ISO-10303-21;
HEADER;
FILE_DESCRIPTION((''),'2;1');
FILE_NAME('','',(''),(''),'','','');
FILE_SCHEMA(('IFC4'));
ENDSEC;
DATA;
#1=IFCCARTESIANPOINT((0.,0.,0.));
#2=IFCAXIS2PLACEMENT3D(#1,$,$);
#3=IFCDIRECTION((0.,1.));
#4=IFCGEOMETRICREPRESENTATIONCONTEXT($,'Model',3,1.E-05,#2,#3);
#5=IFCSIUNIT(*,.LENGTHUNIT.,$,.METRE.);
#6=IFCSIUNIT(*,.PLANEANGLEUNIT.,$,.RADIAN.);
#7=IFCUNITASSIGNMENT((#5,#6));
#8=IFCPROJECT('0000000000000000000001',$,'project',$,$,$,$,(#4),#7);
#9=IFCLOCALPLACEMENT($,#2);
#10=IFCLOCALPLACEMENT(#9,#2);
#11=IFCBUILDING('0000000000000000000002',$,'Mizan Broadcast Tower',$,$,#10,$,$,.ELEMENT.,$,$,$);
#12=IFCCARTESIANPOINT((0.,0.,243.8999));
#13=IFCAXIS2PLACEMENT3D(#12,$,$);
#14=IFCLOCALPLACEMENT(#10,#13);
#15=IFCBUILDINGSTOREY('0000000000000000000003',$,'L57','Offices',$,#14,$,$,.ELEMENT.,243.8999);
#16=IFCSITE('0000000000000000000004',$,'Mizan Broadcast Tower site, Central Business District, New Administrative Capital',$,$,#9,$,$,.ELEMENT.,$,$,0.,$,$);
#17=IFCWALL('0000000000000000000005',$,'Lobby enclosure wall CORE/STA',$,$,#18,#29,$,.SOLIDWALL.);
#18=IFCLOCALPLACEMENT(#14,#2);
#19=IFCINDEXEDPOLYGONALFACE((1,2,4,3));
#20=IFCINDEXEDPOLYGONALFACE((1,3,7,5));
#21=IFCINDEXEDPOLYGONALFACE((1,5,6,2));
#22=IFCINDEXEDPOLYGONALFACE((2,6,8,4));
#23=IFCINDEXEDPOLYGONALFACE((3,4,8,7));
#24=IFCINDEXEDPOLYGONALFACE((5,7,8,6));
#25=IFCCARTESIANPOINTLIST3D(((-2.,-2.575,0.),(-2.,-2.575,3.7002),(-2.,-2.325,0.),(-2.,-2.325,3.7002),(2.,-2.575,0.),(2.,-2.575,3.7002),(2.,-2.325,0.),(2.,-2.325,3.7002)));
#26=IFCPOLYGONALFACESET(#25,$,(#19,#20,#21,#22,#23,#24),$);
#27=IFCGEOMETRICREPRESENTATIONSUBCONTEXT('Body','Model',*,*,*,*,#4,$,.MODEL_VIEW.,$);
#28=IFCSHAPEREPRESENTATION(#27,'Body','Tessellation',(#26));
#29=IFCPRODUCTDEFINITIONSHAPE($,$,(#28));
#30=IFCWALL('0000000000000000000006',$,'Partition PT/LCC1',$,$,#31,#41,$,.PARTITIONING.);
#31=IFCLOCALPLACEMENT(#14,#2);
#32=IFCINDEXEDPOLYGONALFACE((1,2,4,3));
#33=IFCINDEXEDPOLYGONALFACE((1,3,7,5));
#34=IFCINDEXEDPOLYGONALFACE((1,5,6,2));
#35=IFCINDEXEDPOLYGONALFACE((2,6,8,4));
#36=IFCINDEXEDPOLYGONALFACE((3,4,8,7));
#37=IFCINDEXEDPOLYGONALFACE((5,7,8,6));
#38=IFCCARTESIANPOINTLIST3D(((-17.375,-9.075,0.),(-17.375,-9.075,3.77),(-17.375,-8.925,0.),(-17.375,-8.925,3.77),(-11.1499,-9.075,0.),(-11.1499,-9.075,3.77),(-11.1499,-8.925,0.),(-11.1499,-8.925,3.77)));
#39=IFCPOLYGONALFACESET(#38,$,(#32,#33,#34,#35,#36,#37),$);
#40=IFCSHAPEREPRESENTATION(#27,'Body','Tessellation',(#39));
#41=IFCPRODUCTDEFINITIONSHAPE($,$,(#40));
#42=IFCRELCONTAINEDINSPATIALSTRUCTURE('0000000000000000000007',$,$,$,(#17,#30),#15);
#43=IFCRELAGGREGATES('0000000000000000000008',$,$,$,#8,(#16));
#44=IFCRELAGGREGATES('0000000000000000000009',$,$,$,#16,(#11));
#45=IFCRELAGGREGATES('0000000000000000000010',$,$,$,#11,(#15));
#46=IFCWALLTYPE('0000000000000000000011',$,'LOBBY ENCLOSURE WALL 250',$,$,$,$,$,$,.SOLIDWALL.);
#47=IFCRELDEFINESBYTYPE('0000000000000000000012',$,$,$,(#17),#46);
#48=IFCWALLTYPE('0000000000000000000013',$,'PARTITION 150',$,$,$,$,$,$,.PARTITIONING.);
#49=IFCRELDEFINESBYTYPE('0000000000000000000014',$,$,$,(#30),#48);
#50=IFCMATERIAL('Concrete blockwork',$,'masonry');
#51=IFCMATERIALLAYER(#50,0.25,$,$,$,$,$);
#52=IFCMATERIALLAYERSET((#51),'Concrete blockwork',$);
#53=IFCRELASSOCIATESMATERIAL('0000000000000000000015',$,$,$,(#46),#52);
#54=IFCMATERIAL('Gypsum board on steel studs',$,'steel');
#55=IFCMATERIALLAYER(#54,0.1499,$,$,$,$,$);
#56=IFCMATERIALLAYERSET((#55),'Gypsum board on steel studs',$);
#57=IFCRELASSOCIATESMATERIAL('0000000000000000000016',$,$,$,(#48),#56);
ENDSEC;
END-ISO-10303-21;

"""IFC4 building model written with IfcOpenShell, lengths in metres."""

from ifc_helpers import new_model, si_unit, direction, frame, frame_2d, origin, place, context, subcontext, project, spatial, rectangle, extrude, material, layer, layer_set, type_object, element, save


model = new_model("IFC4")

# Units and contexts
model_context = context("Model", 3, precision=1e-05, world=origin(), true_north=direction((0.0, 1.0)))
body_context = subcontext(model_context, "Body", "Model", "MODEL_VIEW")
ifc_project = project(units=[si_unit("LENGTHUNIT", "METRE"), si_unit("PLANEANGLEUNIT", "RADIAN")], contexts=[model_context])

# Site, building, storey
site_placement = place(None, origin())
site = spatial("IfcSite", under=ifc_project, at=site_placement, Name="Mizan Broadcast Tower site, Central Business District, New Administrative Capital", CompositionType="ELEMENT", RefElevation=0.0)
building_placement = place(site_placement, origin())
building = spatial("IfcBuilding", under=site, at=building_placement, Name="Mizan Broadcast Tower", CompositionType="ELEMENT")
storey_placement = place(building_placement, frame((0.0, 0.0, 243.8999)))
storey = spatial("IfcBuildingStorey", under=building, at=storey_placement, Name="L57", Description="Offices", CompositionType="ELEMENT", Elevation=243.8999)

# Shared definitions
ifc_material_1 = material(Name="Concrete blockwork", Category="masonry")
ifc_layer_1 = layer(ifc_material_1, 0.25)
ifc_layer_set_1 = layer_set([ifc_layer_1], Name="Concrete blockwork")
wall_type_1 = type_object("IfcWallType", Name="LOBBY ENCLOSURE WALL 250", PredefinedType="SOLIDWALL", material=ifc_layer_set_1)

# Walls
wall_1_placement = place(storey_placement, frame((-2.0, -2.45, 0.0), z_axis=(0.0, 0.0, 1.0), x_axis=(1.0, 0.0, 0.0)))
element("IfcWall", 1, at=wall_1_placement, inside=storey, type_object=wall_type_1, Name="Lobby enclosure wall CORE/STA", PredefinedType="SOLIDWALL", context=body_context, shape_type="SweptSolid", body=[
    extrude(rectangle(XDim=4.0, YDim=0.25, at=frame_2d((2.0, 0.0))), origin(), (0.0, 0.0, 1.0), 3.7002),
])
ifc_material_2 = material(Name="Gypsum board on steel studs", Category="steel")
ifc_layer_2 = layer(ifc_material_2, 0.1499)
ifc_layer_set_2 = layer_set([ifc_layer_2], Name="Gypsum board on steel studs")
wall_type_2 = type_object("IfcWallType", Name="PARTITION 150", PredefinedType="PARTITIONING", material=ifc_layer_set_2)
wall_2_placement = place(storey_placement, frame((-11.1499, -9.0, 0.0), z_axis=(0.0, 0.0, 1.0), x_axis=(-1.0, 0.0, 0.0)))
element("IfcWall", 2, at=wall_2_placement, inside=storey, type_object=wall_type_2, Name="Partition PT/LCC1", PredefinedType="PARTITIONING", context=body_context, shape_type="SweptSolid", body=[
    extrude(rectangle(XDim=6.2251, YDim=0.1499, at=frame_2d((3.1125, 0.0))), origin(), (0.0, 0.0, 1.0), 3.77),
])

save(model, "model.ifc")
